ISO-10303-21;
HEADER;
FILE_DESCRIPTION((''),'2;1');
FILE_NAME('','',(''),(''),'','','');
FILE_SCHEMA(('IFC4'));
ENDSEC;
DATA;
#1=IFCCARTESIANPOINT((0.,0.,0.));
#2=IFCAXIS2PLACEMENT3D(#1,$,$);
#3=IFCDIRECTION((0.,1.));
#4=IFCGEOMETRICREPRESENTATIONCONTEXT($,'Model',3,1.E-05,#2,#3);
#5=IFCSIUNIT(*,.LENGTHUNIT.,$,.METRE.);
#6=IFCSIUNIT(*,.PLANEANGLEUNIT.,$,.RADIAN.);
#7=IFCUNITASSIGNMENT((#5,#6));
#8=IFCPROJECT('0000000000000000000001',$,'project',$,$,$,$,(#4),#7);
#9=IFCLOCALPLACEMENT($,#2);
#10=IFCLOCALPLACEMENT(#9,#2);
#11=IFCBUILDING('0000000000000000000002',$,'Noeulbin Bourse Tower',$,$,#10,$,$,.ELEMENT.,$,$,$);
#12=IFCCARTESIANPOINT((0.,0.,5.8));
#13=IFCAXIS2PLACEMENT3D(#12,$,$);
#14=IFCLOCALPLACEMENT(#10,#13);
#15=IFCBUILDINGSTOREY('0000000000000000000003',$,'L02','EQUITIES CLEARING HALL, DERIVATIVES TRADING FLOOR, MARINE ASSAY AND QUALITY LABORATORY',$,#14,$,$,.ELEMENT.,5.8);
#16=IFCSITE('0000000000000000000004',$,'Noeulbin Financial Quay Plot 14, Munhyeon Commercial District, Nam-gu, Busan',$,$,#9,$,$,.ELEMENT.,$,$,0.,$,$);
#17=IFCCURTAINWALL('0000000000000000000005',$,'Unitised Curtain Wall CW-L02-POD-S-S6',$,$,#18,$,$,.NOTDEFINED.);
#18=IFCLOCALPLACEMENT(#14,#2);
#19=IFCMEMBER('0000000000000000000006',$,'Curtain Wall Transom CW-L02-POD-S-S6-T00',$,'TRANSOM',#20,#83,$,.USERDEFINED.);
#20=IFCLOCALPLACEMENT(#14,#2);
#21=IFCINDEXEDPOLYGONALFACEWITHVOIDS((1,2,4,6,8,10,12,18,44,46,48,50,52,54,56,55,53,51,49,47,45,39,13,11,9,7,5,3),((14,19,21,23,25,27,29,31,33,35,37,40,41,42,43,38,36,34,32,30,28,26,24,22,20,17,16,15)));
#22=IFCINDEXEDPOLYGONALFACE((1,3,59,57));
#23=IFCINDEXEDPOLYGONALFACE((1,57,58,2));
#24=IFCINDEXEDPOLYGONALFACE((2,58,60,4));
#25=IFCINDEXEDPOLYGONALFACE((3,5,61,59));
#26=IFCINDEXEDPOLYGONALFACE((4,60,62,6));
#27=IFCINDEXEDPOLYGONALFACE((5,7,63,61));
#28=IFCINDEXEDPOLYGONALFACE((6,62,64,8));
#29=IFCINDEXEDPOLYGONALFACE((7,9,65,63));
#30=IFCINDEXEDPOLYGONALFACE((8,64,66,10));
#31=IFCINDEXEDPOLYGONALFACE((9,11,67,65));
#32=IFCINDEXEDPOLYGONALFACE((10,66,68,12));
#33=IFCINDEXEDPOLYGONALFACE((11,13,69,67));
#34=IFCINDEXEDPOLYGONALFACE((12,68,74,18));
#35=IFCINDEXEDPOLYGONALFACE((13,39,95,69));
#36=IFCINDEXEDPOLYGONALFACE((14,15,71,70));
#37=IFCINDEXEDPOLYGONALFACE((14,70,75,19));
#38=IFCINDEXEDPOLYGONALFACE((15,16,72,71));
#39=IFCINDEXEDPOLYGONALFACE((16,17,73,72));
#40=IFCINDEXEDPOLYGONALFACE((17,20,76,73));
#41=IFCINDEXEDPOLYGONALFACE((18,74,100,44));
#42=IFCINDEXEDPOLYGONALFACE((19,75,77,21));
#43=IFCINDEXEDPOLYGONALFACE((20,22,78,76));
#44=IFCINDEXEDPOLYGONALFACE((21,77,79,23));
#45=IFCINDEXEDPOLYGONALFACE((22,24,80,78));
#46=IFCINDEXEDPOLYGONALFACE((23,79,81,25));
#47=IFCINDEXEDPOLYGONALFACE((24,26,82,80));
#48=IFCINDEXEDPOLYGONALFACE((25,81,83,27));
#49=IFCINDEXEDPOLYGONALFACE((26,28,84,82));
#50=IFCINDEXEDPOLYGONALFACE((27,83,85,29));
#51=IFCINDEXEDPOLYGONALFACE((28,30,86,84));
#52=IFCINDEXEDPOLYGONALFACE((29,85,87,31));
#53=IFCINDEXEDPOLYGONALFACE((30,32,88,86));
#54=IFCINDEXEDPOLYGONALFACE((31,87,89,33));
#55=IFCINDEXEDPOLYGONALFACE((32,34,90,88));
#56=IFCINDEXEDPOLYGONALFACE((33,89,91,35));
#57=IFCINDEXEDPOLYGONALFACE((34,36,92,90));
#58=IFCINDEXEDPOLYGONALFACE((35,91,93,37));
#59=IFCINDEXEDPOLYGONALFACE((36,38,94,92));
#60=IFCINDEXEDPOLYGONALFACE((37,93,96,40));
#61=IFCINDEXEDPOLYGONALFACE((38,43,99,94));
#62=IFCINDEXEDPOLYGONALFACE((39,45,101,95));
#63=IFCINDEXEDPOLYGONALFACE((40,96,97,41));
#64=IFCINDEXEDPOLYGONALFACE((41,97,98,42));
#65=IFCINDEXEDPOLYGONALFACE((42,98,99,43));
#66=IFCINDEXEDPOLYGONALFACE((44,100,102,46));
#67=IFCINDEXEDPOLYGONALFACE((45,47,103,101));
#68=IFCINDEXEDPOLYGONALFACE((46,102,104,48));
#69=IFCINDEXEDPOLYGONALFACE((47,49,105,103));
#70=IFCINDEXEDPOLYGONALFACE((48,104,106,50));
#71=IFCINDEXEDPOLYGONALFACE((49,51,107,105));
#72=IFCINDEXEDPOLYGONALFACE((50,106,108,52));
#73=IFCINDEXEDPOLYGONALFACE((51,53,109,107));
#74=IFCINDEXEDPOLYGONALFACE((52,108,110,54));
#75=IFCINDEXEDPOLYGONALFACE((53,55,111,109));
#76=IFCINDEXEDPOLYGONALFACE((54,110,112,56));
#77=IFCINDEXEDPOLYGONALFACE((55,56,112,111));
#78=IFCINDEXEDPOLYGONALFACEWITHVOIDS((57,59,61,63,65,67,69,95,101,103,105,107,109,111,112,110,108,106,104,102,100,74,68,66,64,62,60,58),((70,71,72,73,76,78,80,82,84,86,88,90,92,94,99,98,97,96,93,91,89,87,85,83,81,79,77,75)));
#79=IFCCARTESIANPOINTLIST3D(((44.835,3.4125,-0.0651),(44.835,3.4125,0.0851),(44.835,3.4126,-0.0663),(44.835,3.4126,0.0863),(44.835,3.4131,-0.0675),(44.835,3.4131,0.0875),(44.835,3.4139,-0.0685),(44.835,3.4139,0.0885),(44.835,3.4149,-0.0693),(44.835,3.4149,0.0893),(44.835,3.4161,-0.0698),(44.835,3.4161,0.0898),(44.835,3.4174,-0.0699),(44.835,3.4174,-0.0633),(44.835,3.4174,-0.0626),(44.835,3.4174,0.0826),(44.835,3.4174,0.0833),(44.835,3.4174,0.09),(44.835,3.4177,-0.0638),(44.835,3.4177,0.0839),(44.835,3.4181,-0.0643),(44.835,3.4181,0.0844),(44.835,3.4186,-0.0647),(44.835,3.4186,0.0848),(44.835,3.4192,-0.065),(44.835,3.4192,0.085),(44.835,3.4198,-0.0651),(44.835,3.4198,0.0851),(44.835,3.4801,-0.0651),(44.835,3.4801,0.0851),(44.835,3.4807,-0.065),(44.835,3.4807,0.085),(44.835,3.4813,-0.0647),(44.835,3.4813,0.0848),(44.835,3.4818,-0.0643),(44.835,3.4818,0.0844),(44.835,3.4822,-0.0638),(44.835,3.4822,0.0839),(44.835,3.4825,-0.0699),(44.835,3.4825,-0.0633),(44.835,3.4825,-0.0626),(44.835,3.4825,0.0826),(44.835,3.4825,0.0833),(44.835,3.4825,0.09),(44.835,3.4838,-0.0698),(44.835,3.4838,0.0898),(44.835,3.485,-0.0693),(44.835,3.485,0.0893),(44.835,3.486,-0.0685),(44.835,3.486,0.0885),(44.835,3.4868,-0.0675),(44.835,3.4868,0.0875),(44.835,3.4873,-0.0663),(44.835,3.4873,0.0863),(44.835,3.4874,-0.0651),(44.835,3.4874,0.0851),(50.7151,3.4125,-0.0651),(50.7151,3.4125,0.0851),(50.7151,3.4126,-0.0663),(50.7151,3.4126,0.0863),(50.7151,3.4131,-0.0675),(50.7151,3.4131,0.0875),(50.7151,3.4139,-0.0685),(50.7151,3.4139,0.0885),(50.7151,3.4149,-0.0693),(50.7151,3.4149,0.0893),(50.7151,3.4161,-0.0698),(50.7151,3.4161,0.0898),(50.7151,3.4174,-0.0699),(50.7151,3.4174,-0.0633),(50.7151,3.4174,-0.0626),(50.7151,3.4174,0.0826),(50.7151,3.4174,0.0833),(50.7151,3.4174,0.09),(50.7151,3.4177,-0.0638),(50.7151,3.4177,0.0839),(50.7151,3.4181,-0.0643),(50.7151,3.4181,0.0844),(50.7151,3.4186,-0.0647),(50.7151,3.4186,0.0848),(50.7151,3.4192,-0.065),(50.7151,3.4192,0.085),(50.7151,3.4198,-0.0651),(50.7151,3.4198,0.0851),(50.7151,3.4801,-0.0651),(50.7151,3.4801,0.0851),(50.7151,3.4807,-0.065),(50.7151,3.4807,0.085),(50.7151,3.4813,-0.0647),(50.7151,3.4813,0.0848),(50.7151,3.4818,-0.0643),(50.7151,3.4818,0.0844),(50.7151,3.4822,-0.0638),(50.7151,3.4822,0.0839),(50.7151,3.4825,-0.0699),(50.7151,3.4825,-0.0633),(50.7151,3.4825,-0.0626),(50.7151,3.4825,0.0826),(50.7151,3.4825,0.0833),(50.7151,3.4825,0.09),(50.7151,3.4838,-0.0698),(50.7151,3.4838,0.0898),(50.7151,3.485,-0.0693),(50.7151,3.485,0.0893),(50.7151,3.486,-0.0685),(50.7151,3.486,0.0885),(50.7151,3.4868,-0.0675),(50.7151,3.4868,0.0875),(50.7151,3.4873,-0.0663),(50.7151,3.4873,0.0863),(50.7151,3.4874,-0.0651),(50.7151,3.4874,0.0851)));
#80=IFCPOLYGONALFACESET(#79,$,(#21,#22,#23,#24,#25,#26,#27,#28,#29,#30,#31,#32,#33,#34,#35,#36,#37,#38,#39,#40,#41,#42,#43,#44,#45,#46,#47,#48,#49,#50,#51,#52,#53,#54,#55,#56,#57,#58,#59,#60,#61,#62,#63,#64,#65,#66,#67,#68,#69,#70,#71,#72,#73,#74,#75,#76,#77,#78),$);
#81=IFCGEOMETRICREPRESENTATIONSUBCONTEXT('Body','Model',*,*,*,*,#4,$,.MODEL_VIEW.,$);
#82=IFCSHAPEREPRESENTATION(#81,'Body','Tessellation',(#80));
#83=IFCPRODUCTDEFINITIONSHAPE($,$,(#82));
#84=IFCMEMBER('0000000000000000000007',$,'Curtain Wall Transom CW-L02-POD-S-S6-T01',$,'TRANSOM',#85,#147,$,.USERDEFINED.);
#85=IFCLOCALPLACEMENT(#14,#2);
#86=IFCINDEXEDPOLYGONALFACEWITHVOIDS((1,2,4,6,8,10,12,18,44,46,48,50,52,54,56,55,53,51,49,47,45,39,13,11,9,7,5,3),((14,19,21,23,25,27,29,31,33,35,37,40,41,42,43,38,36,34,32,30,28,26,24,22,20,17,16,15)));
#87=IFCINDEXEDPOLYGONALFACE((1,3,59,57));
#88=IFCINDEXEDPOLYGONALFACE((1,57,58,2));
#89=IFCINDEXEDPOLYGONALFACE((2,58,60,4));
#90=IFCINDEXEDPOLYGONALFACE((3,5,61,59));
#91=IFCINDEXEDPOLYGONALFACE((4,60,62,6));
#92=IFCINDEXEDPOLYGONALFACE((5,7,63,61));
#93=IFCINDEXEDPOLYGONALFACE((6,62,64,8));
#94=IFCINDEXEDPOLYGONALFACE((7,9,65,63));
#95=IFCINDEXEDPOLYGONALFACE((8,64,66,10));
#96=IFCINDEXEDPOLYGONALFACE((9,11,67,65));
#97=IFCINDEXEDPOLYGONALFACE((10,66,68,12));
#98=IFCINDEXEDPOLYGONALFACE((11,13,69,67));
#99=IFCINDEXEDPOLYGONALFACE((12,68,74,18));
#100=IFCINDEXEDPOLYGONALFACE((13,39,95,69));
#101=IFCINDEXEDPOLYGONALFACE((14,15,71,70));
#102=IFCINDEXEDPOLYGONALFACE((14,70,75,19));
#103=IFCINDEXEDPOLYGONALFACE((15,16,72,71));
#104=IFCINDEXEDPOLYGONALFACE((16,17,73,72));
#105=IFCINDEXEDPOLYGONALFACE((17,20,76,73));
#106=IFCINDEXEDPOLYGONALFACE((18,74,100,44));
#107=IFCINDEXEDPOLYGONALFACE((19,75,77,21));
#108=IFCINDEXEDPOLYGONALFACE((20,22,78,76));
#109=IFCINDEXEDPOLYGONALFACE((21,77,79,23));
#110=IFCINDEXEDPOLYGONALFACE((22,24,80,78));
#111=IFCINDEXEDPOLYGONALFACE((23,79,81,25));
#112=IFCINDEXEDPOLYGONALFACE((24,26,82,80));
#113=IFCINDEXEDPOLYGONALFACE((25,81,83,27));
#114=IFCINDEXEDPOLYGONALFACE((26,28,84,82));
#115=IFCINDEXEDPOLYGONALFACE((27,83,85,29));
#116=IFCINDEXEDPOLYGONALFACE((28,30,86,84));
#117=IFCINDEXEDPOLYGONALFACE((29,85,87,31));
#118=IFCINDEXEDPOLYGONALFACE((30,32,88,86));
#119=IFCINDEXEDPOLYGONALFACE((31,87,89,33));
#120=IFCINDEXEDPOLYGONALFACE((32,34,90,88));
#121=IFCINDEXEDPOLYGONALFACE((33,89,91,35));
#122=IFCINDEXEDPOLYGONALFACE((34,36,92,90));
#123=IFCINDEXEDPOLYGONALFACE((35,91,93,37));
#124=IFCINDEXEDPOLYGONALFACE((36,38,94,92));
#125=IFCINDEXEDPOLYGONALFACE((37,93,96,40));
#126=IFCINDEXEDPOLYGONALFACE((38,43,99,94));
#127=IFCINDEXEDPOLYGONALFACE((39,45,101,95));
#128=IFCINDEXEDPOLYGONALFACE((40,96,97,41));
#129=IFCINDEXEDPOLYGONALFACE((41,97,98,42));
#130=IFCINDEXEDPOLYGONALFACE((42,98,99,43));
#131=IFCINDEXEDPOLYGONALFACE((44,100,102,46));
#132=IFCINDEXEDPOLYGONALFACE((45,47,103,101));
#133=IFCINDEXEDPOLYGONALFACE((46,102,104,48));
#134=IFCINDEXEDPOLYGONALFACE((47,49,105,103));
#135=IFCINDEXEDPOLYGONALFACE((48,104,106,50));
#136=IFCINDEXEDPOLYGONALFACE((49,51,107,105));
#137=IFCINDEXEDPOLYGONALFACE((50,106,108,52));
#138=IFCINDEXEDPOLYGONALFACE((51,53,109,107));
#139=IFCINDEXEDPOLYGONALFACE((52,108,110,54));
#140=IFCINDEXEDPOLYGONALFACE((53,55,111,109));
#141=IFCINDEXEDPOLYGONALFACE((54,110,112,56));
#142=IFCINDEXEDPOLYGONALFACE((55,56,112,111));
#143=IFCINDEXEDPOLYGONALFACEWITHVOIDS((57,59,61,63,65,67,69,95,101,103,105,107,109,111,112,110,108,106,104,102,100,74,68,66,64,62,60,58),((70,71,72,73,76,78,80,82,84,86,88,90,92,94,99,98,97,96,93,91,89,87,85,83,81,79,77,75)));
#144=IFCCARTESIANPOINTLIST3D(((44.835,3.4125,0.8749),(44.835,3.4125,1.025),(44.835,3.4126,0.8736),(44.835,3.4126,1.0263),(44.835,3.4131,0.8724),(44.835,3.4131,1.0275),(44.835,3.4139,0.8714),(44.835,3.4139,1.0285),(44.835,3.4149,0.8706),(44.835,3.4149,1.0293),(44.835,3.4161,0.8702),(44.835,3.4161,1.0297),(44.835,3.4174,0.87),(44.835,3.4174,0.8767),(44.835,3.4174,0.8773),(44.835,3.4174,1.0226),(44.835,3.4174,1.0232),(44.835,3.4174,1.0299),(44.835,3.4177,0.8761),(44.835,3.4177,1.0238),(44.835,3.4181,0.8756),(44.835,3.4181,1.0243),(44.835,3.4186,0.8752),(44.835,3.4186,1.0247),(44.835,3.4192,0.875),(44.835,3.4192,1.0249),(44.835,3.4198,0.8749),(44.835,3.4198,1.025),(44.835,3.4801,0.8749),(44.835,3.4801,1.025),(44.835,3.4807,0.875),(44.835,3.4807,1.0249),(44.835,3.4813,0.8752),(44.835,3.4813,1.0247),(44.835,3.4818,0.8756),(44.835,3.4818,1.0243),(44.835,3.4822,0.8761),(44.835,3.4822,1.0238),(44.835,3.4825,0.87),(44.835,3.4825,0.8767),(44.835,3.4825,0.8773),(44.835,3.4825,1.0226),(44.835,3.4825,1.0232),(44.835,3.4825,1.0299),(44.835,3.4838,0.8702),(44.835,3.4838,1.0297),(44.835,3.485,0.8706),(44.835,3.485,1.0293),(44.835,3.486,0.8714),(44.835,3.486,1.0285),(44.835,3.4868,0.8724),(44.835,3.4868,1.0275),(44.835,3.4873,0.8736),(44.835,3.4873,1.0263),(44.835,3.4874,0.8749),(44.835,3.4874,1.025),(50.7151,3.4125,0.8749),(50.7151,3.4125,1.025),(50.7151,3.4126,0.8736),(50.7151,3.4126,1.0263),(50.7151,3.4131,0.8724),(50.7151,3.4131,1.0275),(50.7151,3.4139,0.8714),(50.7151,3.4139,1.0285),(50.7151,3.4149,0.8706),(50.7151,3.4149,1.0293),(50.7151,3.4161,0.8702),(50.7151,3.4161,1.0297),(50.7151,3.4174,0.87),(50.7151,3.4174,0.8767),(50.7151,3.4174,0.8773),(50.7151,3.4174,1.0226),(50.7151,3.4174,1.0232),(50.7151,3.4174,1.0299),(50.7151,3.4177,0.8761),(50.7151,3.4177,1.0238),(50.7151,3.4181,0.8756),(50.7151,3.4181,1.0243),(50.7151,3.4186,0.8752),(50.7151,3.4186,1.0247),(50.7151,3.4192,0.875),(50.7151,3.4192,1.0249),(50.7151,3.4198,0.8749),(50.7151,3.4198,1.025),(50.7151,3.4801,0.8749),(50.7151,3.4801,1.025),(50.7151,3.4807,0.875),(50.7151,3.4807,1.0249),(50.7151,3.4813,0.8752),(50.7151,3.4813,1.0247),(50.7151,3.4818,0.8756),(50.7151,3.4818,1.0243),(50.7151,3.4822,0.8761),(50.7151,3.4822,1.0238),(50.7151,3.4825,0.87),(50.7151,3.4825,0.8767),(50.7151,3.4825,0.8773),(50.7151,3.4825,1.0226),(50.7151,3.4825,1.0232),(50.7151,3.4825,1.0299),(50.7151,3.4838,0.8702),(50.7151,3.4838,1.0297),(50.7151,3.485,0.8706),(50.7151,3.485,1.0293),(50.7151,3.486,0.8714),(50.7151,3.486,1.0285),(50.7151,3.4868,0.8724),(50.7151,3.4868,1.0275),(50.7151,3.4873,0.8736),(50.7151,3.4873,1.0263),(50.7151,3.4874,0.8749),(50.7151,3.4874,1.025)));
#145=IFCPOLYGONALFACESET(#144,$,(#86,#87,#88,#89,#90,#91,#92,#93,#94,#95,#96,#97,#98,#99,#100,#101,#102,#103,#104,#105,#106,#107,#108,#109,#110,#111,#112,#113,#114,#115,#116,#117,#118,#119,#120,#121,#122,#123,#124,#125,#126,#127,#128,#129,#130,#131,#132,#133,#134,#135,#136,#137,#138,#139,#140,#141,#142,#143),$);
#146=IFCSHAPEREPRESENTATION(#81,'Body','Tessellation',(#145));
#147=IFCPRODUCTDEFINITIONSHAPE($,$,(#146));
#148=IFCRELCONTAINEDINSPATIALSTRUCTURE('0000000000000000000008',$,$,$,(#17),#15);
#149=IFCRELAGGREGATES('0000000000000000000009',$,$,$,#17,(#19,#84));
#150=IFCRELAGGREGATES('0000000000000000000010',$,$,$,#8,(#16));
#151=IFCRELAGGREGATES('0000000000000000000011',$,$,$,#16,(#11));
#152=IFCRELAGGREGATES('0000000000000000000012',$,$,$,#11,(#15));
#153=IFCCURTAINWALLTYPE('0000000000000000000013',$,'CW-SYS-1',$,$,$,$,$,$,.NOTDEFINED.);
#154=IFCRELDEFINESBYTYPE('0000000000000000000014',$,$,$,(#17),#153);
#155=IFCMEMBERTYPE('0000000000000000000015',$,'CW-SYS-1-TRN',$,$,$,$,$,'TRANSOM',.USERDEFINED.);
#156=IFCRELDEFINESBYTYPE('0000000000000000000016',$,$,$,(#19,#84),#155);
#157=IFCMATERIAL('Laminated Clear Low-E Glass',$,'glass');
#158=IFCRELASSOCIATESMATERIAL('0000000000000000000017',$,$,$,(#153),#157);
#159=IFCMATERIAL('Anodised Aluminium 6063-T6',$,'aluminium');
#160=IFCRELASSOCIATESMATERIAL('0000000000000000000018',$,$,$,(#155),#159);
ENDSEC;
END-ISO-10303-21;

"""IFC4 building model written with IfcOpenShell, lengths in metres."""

from ifc_helpers import new_model, si_unit, direction, frame, origin, origin_2d, place, context, subcontext, project, spatial, hollow_rectangle, extrude, material, material_profile, profile_set, type_object, element, aggregate, save


model = new_model("IFC4")

# Units and contexts
model_context = context("Model", 3, precision=1e-05, world=origin(), true_north=direction((0.0, 1.0)))
body_context = subcontext(model_context, "Body", "Model", "MODEL_VIEW")
ifc_project = project(units=[si_unit("LENGTHUNIT", "METRE"), si_unit("PLANEANGLEUNIT", "RADIAN")], contexts=[model_context])

# Site, building, storey
site_placement = place(None, origin())
site = spatial("IfcSite", under=ifc_project, at=site_placement, Name="Noeulbin Financial Quay Plot 14, Munhyeon Commercial District, Nam-gu, Busan", CompositionType="ELEMENT", RefElevation=0.0)
building_placement = place(site_placement, origin())
building = spatial("IfcBuilding", under=site, at=building_placement, Name="Noeulbin Bourse Tower", CompositionType="ELEMENT")
storey_placement = place(building_placement, frame((0.0, 0.0, 5.8)))
storey = spatial("IfcBuildingStorey", under=building, at=storey_placement, Name="L02", Description="EQUITIES CLEARING HALL, DERIVATIVES TRADING FLOOR, MARINE ASSAY AND QUALITY LABORATORY", CompositionType="ELEMENT", Elevation=5.8)

# Shared definitions
ifc_material_1 = material(Name="Laminated Clear Low-E Glass", Category="glass")
curtain_wall_type = type_object("IfcCurtainWallType", Name="CW-SYS-1", PredefinedType="NOTDEFINED", material=ifc_material_1)
ifc_material_2 = material(Name="Anodised Aluminium 6063-T6", Category="aluminium")

# Curtain wall
curtain_wall_1_placement = place(storey_placement, origin())
curtain_wall_1 = element("IfcCurtainWall", 1, at=curtain_wall_1_placement, inside=storey, type_object=curtain_wall_type, Name="Unitised Curtain Wall CW-L02-POD-S-S6", PredefinedType="NOTDEFINED")

# Members
ifc_material_profile_1 = material_profile(ifc_material_2, hollow_rectangle(XDim=0.075, YDim=0.1599, WallThickness=0.0049, InnerFilletRadius=0.0024, OuterFilletRadius=0.0049, at=origin_2d()), Name="ALU-TRAN-75x160x5", Category="LoadBearing")
ifc_profile_set_1 = profile_set([ifc_material_profile_1], Name="Anodised Aluminium 6063-T6")
member_type_1 = type_object("IfcMemberType", Name="CW-SYS-1-TRN", ElementType="TRANSOM", PredefinedType="USERDEFINED", material=ifc_profile_set_1)
member_1_placement = place(storey_placement, frame((44.835, 3.45, 0.01), z_axis=(1.0, 0.0, 0.0), x_axis=(0.0, 1.0, 0.0)))
member_1 = element("IfcMember", 2, at=member_1_placement, type_object=member_type_1, Name="Curtain Wall Transom CW-L02-POD-S-S6-T00", ObjectType="TRANSOM", PredefinedType="USERDEFINED", context=body_context, shape_type="SweptSolid", body=[
    extrude(hollow_rectangle(XDim=0.075, YDim=0.1599, WallThickness=0.0049, InnerFilletRadius=0.0024, OuterFilletRadius=0.0049, at=origin_2d()), origin(), (0.0, 0.0, 1.0), 5.8801),
])
member_2_placement = place(storey_placement, frame((44.835, 3.45, 0.95), z_axis=(1.0, 0.0, 0.0), x_axis=(0.0, 1.0, 0.0)))
member_2 = element("IfcMember", 3, at=member_2_placement, type_object=member_type_1, Name="Curtain Wall Transom CW-L02-POD-S-S6-T01", ObjectType="TRANSOM", PredefinedType="USERDEFINED", context=body_context, shape_type="SweptSolid", body=[
    extrude(hollow_rectangle(XDim=0.075, YDim=0.1599, WallThickness=0.0049, InnerFilletRadius=0.0024, OuterFilletRadius=0.0049, at=origin_2d()), origin(), (0.0, 0.0, 1.0), 5.8801),
])

aggregate(curtain_wall_1, [member_1, member_2])

save(model, "model.ifc")
